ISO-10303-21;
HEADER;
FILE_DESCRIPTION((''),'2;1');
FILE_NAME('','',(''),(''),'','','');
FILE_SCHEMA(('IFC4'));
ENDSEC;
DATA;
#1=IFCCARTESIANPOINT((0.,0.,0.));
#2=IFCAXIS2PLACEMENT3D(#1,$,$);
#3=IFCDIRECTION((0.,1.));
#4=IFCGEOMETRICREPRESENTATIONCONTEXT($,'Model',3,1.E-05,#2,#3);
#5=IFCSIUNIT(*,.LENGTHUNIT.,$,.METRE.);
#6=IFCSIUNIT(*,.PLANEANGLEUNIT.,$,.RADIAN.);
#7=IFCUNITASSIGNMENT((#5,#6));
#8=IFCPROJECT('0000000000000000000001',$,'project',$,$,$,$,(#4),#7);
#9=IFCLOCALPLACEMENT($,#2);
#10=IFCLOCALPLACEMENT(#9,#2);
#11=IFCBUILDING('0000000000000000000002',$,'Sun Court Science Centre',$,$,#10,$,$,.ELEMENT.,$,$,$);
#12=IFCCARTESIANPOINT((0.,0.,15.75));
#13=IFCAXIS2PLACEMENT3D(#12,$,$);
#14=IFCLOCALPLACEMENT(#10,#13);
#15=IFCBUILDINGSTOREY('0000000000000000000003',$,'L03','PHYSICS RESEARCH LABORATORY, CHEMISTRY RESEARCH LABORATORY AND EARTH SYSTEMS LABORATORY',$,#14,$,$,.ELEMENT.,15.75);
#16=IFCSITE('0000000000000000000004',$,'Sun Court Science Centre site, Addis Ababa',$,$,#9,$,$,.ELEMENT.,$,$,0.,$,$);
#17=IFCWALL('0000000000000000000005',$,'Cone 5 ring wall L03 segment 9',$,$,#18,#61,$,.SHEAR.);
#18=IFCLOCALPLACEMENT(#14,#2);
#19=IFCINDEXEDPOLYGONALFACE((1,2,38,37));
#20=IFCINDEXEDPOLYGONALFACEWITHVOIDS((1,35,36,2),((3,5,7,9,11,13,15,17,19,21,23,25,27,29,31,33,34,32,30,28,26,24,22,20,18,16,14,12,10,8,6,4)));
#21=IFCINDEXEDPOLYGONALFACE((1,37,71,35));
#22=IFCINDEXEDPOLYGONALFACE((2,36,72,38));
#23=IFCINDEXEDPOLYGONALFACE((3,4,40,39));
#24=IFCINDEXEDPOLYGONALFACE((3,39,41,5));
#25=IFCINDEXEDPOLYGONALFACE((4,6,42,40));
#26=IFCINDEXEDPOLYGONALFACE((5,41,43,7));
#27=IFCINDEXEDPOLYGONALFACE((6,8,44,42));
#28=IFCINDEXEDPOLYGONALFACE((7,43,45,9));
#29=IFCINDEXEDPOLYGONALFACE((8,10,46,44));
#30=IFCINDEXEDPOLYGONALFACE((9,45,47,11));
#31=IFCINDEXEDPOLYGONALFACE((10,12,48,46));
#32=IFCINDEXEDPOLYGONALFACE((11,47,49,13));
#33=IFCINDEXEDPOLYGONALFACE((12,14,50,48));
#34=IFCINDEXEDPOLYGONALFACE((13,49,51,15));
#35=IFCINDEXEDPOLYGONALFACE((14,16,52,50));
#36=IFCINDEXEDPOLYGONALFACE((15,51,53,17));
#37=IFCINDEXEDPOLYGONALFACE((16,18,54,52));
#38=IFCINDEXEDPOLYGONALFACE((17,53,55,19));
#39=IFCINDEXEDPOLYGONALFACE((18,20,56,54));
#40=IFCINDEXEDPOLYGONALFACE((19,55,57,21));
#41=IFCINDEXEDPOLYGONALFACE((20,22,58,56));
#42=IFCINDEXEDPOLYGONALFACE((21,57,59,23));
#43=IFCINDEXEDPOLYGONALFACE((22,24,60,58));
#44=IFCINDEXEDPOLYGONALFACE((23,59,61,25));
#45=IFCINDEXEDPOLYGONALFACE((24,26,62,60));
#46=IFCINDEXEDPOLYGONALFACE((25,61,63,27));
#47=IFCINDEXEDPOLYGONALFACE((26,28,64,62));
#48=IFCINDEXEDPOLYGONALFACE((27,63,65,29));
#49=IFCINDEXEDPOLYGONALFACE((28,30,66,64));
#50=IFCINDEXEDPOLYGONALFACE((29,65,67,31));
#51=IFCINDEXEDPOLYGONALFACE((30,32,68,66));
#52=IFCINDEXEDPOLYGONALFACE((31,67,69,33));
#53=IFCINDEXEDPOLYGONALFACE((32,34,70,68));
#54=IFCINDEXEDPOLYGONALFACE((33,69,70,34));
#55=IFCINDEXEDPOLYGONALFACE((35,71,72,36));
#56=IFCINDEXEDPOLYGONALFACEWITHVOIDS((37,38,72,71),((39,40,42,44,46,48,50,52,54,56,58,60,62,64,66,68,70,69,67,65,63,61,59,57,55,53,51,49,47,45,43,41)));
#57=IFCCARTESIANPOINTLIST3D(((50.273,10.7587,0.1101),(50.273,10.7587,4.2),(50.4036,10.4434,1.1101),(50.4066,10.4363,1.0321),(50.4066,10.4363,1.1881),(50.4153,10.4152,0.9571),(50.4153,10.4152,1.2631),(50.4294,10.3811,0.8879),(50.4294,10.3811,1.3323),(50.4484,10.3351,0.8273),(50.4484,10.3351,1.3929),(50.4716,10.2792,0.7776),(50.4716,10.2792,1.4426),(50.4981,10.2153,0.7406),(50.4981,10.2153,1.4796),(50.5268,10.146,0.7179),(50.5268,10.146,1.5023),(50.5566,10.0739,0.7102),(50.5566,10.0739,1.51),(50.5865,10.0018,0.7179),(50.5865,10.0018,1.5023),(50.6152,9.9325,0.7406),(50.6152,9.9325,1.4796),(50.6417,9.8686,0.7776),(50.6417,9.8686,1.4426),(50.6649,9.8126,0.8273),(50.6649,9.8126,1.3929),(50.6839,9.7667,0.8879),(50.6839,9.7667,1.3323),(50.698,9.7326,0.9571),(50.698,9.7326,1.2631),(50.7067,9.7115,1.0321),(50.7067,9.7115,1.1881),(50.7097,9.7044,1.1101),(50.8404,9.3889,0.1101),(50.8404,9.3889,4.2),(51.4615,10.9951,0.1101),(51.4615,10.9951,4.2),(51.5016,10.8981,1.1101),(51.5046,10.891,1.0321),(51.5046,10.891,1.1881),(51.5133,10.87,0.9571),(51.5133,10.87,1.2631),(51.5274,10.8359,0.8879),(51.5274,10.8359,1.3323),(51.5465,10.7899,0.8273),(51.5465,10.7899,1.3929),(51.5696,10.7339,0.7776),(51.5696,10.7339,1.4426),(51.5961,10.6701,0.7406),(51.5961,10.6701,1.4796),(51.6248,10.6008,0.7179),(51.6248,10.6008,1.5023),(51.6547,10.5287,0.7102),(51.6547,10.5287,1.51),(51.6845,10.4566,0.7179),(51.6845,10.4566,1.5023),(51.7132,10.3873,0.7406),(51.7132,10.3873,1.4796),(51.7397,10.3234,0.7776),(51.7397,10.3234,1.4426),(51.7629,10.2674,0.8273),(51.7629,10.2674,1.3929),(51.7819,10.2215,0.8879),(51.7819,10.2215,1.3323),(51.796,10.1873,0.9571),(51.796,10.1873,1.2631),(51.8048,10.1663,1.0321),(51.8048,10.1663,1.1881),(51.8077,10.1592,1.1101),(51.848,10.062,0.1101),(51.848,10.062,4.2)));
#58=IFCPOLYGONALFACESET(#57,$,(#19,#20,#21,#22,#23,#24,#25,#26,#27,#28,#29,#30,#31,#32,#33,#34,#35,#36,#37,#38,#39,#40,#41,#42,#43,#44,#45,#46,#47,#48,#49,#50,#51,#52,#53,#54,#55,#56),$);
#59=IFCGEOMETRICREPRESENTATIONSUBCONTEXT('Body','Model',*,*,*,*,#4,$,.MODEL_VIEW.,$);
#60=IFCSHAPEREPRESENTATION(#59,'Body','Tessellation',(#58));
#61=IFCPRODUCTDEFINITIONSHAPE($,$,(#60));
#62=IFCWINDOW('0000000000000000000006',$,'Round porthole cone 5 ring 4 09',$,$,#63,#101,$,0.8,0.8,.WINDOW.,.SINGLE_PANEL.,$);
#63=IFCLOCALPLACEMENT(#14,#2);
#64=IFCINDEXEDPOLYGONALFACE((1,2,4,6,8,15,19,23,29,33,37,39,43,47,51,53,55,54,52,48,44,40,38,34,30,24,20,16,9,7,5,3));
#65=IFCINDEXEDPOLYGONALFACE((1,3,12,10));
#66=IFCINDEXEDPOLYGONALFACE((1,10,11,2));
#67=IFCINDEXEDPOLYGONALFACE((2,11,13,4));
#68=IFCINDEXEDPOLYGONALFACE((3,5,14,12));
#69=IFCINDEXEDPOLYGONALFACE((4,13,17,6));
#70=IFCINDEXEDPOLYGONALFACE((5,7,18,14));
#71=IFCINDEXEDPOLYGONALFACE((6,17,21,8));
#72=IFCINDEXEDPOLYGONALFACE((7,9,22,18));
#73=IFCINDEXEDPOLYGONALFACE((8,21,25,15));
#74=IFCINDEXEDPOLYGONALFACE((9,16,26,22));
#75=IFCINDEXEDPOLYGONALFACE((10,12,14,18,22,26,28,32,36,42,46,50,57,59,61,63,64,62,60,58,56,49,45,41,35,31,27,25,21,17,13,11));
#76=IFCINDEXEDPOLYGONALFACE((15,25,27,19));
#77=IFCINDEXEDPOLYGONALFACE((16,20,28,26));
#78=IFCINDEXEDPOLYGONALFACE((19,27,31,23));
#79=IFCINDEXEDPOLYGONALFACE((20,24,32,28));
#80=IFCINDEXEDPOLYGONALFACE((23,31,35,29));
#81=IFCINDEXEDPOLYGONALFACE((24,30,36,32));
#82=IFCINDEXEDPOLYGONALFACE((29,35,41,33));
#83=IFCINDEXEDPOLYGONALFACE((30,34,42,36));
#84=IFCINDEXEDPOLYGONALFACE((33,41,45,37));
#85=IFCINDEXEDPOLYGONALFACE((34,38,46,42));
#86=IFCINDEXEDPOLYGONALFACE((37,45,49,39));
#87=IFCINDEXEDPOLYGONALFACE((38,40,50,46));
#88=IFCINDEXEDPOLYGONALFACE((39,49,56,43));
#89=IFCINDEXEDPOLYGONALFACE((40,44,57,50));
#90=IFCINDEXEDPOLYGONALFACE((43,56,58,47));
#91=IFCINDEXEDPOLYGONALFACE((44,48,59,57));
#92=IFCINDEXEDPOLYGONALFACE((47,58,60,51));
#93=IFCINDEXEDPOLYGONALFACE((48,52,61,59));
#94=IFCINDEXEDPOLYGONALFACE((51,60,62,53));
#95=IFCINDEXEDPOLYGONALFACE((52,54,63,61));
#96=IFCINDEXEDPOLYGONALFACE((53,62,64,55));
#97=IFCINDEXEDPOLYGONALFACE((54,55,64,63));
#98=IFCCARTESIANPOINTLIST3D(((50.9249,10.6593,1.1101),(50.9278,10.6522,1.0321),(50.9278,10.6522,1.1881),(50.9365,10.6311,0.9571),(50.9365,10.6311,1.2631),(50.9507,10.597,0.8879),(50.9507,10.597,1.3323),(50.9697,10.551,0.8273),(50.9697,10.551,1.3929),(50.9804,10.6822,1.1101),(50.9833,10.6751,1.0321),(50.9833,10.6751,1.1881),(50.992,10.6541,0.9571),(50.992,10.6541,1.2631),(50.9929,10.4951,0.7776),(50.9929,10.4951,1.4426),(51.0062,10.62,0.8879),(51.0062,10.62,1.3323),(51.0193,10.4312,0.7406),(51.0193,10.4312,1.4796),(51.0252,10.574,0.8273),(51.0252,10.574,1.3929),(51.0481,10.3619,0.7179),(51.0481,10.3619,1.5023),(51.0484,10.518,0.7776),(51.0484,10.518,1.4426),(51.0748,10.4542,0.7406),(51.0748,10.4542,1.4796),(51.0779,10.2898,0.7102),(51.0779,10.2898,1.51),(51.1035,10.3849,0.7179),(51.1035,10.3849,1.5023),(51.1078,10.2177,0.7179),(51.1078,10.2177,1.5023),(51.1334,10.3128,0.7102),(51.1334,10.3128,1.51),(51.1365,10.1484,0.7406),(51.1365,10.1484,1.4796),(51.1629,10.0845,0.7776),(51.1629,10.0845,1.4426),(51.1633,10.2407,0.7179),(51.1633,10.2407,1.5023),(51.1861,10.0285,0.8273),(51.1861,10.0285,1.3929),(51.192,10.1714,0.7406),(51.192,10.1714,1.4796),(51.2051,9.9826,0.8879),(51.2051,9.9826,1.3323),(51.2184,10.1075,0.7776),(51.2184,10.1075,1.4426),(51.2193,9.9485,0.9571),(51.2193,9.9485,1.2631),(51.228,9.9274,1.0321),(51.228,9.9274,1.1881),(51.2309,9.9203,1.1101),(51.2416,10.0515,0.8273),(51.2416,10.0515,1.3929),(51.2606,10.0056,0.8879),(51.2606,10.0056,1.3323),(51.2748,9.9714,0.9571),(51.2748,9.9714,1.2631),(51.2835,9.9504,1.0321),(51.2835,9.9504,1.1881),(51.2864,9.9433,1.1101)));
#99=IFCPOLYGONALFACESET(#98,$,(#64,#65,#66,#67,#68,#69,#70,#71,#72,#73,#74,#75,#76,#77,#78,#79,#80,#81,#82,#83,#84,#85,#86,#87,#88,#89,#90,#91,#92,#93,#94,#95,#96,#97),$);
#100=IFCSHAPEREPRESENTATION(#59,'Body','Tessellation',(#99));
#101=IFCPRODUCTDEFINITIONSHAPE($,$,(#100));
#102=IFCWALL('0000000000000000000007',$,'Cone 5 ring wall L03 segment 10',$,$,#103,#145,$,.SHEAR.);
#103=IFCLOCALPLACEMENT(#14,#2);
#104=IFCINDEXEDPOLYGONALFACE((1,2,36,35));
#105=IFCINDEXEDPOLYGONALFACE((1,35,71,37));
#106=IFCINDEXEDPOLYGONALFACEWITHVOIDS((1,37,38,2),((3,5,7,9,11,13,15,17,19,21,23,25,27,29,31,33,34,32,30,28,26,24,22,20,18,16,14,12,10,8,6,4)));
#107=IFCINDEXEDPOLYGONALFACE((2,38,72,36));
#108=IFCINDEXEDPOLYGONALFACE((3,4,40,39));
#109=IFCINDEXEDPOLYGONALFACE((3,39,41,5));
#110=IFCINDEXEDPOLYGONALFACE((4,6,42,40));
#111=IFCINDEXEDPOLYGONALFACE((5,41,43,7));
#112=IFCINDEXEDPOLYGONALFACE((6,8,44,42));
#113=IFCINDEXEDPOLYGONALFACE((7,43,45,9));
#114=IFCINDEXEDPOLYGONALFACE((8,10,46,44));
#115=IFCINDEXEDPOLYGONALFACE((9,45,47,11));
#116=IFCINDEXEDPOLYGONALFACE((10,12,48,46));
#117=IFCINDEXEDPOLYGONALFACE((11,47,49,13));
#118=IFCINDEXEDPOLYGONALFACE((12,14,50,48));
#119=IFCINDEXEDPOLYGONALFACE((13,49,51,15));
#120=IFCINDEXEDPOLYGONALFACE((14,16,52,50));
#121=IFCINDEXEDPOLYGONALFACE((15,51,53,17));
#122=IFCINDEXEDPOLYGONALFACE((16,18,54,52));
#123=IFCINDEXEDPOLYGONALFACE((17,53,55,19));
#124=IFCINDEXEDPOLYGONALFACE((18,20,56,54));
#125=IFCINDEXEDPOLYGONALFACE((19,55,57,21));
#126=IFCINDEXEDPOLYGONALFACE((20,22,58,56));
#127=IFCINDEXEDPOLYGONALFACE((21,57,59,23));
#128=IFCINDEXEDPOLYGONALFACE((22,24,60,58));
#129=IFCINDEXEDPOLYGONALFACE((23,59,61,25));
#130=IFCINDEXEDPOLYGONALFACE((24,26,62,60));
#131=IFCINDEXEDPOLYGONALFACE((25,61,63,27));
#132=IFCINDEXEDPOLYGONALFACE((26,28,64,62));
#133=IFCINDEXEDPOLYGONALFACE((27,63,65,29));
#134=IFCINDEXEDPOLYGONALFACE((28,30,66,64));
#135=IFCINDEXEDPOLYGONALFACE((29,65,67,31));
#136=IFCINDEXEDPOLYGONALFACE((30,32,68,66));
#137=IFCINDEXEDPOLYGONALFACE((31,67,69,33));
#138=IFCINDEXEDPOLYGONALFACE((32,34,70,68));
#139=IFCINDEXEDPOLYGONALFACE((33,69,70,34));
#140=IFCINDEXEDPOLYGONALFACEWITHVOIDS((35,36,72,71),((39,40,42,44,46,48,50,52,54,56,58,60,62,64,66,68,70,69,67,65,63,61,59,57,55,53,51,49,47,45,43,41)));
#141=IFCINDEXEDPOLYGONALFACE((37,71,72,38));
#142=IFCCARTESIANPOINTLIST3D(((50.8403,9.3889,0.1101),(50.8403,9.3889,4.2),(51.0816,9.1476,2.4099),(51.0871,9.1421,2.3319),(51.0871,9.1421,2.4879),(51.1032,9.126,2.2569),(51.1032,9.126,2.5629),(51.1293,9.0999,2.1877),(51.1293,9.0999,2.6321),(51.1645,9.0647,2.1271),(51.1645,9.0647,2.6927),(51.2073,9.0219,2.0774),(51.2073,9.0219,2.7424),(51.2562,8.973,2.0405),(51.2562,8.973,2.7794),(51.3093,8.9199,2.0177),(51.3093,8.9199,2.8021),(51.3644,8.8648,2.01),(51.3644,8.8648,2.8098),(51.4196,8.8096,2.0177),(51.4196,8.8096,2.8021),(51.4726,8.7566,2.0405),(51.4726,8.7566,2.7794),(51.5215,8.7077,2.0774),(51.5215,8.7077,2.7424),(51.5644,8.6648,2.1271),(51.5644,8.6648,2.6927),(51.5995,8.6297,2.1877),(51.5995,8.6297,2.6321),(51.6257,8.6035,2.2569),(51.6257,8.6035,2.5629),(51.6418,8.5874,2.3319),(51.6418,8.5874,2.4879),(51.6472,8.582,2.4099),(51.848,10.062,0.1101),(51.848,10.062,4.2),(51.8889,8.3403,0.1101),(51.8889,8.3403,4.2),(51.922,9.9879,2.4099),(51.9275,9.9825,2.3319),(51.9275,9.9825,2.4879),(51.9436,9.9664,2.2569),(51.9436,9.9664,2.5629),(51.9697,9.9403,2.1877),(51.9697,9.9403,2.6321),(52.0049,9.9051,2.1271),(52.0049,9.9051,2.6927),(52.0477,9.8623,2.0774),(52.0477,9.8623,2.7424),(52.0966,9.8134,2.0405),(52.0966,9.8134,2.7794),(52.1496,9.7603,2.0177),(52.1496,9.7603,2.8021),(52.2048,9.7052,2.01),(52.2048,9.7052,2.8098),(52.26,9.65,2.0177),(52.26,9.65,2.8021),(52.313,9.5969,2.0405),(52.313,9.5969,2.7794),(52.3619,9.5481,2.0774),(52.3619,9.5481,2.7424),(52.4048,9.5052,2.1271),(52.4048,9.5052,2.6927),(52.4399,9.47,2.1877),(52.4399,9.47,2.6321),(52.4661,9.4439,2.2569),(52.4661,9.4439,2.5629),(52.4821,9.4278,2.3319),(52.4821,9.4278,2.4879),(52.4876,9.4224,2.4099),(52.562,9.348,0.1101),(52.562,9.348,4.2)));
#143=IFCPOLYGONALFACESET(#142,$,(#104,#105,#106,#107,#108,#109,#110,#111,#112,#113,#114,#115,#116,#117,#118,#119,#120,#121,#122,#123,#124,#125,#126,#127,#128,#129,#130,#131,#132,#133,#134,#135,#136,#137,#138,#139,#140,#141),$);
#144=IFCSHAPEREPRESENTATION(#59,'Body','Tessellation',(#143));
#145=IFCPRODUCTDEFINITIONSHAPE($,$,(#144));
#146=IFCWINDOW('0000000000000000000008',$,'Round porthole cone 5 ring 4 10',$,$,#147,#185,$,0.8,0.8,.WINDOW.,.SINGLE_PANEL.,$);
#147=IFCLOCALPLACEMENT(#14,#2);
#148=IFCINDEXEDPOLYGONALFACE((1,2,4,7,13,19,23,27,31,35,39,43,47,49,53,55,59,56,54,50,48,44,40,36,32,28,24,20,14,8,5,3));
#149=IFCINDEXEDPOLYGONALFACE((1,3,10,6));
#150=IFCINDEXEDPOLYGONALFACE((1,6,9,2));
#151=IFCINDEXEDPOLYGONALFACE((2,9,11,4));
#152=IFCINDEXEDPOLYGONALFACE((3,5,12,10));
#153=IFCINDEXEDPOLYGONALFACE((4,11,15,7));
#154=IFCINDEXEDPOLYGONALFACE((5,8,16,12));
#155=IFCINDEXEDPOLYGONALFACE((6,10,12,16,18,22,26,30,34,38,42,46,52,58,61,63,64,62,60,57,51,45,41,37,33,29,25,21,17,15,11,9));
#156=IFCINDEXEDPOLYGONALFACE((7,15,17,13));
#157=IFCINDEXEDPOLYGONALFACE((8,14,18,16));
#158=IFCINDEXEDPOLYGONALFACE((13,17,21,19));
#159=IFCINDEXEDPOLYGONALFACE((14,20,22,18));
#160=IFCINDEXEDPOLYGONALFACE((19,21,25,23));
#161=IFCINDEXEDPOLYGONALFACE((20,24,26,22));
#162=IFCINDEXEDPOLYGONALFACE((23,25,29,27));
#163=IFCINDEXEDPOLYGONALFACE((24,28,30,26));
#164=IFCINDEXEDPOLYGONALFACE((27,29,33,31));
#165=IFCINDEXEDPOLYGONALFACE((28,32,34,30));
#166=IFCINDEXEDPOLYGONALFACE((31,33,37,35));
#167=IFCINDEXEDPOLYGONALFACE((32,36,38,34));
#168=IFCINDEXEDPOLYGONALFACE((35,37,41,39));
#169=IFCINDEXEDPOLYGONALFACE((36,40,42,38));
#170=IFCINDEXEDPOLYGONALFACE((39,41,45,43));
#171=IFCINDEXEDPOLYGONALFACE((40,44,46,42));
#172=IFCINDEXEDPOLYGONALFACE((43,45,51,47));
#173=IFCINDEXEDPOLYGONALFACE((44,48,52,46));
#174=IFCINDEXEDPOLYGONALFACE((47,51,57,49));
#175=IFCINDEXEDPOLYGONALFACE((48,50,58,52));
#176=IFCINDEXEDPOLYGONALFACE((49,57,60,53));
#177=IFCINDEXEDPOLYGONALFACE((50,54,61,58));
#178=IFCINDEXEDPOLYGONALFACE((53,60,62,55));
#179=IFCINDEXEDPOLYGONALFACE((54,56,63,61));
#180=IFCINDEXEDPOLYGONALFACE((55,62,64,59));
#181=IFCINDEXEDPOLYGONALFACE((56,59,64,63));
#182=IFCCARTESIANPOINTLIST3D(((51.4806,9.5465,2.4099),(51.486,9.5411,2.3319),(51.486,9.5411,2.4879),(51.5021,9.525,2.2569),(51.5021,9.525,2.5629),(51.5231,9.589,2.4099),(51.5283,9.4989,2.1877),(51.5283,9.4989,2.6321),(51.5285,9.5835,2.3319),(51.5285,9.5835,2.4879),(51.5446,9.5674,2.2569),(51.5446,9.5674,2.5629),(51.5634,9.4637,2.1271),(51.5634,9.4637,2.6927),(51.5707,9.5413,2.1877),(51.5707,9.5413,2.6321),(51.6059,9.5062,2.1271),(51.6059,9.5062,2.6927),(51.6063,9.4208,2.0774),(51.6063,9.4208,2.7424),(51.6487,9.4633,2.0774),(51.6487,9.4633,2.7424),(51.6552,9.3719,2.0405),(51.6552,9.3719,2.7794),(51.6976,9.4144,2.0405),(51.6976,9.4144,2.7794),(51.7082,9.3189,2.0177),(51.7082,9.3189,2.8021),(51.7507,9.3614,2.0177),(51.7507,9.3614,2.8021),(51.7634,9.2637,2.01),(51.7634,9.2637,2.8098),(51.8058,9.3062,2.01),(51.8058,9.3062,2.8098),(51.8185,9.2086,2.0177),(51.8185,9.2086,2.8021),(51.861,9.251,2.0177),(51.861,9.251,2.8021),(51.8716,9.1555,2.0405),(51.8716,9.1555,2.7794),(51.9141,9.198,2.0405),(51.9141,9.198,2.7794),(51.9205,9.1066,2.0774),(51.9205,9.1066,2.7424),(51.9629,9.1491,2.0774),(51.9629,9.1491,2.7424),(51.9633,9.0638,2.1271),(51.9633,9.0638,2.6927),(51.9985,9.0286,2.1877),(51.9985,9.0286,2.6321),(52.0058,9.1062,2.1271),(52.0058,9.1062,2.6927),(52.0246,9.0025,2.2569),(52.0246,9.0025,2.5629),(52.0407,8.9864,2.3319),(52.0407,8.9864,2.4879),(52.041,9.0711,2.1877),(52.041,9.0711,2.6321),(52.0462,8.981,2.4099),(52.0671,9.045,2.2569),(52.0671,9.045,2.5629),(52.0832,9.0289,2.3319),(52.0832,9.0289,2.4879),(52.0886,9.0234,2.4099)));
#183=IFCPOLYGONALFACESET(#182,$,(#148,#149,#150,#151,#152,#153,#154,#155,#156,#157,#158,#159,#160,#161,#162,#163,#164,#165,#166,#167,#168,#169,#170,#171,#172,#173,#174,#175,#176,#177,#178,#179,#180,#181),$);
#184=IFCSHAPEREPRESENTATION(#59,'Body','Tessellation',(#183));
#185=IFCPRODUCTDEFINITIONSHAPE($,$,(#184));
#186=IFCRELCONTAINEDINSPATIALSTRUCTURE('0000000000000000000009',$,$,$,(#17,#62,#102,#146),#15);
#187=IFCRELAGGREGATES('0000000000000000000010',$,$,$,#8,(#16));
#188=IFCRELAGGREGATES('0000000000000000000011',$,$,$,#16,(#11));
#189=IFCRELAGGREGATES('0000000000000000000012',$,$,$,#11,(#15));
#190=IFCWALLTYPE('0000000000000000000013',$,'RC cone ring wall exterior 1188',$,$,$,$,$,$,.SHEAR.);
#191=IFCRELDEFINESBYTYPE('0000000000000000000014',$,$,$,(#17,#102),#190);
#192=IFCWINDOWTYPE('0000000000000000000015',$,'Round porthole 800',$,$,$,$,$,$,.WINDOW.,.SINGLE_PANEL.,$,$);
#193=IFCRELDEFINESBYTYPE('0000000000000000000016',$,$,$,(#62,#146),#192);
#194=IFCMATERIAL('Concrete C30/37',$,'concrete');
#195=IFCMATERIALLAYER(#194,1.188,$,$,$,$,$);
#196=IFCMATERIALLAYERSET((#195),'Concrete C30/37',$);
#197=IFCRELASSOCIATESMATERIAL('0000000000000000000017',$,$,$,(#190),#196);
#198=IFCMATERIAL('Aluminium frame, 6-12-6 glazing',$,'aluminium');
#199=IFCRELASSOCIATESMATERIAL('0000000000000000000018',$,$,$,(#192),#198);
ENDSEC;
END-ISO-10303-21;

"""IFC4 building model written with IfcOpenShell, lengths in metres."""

from ifc_helpers import new_model, si_unit, direction, frame, frame_2d, origin, place, context, subcontext, project, spatial, polyline, circle, outline, extrude, material, layer, layer_set, type_object, element, fill, save


model = new_model("IFC4")

# Units and contexts
model_context = context("Model", 3, precision=1e-05, world=origin(), true_north=direction((0.0, 1.0)))
body_context = subcontext(model_context, "Body", "Model", "MODEL_VIEW")
ifc_project = project(units=[si_unit("LENGTHUNIT", "METRE"), si_unit("PLANEANGLEUNIT", "RADIAN")], contexts=[model_context])

# Site, building, storey
site_placement = place(None, origin())
site = spatial("IfcSite", under=ifc_project, at=site_placement, Name="Sun Court Science Centre site, Addis Ababa", CompositionType="ELEMENT", RefElevation=0.0)
building_placement = place(site_placement, origin())
building = spatial("IfcBuilding", under=site, at=building_placement, Name="Sun Court Science Centre", CompositionType="ELEMENT")
storey_placement = place(building_placement, frame((0.0, 0.0, 15.75)))
storey = spatial("IfcBuildingStorey", under=building, at=storey_placement, Name="L03", Description="PHYSICS RESEARCH LABORATORY, CHEMISTRY RESEARCH LABORATORY AND EARTH SYSTEMS LABORATORY", CompositionType="ELEMENT", Elevation=15.75)

# Walls, openings, windows
ifc_material_1 = material(Name="Concrete C30/37", Category="concrete")
ifc_layer = layer(ifc_material_1, 1.188)
ifc_layer_set = layer_set([ifc_layer], Name="Concrete C30/37")
wall_type = type_object("IfcWallType", Name="RC cone ring wall exterior 1188", PredefinedType="SHEAR", material=ifc_layer_set)
ifc_material_2 = material(Name="Aluminium frame, 6-12-6 glazing", Category="aluminium")
window_type = type_object("IfcWindowType", Name="Round porthole 800", PartitioningType="SINGLE_PANEL", PredefinedType="WINDOW", material=ifc_material_2)
wall_1_placement = place(storey_placement, frame((50.822, 10.9861, 0.1101), z_axis=(0.0, 0.0, 1.0), x_axis=(0.382662, -0.923888, 0.0)))
wall_1 = element("IfcWall", 1, at=wall_1_placement, inside=storey, type_object=wall_type, Name="Cone 5 ring wall L03 segment 9", PredefinedType="SHEAR", context=body_context, shape_type="SweptSolid", body=[
    extrude(outline(polyline([(0.0, -0.5942), (1.4827, -0.5942), (1.2463, 0.5942), (0.2363, 0.5942), (0.0, -0.5942)])), origin(), (0.0, 0.0, 1.0), 4.0898),
])
opening_1_placement = place(wall_1_placement, frame((0.3413, 0.0, 0.6001)))
opening_1 = element("IfcOpeningElement", 2, at=opening_1_placement, cuts=wall_1, PredefinedType="OPENING", context=body_context, shape_type="SweptSolid", body=[
    extrude(circle(Radius=0.3999, at=frame_2d((0.3999, 0.3999))), frame((0.0, 0.6042, 0.0), z_axis=(0.0, -1.0, 0.0), x_axis=(1.0, 0.0, 0.0)), (0.0, 0.0, 1.0), 1.2085),
])
window_1_placement = place(opening_1_placement, origin())
window_1 = element("IfcWindow", 3, at=window_1_placement, inside=storey, type_object=window_type, Name="Round porthole cone 5 ring 4 09", OverallHeight=0.8, OverallWidth=0.8, PartitioningType="SINGLE_PANEL", PredefinedType="WINDOW", context=body_context, shape_type="SweptSolid", body=[
    extrude(circle(Radius=0.3999, at=frame_2d((0.3999, 0.3999))), frame((0.0, 0.03, 0.0), z_axis=(0.0, -1.0, 0.0), x_axis=(1.0, 0.0, 0.0)), (0.0, 0.0, 1.0), 0.0601),
])
fill(opening_1, window_1)
wall_2_placement = place(storey_placement, frame((51.2605, 9.8091, 0.1101), z_axis=(0.0, 0.0, 1.0), x_axis=(0.707107, -0.707107, 0.0)))
wall_2 = element("IfcWall", 4, at=wall_2_placement, inside=storey, type_object=wall_type, Name="Cone 5 ring wall L03 segment 10", PredefinedType="SHEAR", context=body_context, shape_type="SweptSolid", body=[
    extrude(outline(polyline([(0.0, -0.5942), (1.4829, -0.5942), (1.2463, 0.5942), (0.2366, 0.5942), (0.0, -0.5942)])), origin(), (0.0, 0.0, 1.0), 4.0898),
])
opening_2_placement = place(wall_2_placement, frame((0.3413, 0.0, 1.8999)))
opening_2 = element("IfcOpeningElement", 5, at=opening_2_placement, cuts=wall_2, PredefinedType="OPENING", context=body_context, shape_type="SweptSolid", body=[
    extrude(circle(Radius=0.3999, at=frame_2d((0.3999, 0.3999))), frame((0.0, 0.6042, 0.0), z_axis=(0.0, -1.0, 0.0), x_axis=(1.0, 0.0, 0.0)), (0.0, 0.0, 1.0), 1.2085),
])
window_2_placement = place(opening_2_placement, origin())
window_2 = element("IfcWindow", 6, at=window_2_placement, inside=storey, type_object=window_type, Name="Round porthole cone 5 ring 4 10", OverallHeight=0.8, OverallWidth=0.8, PartitioningType="SINGLE_PANEL", PredefinedType="WINDOW", context=body_context, shape_type="SweptSolid", body=[
    extrude(circle(Radius=0.3999, at=frame_2d((0.3999, 0.3999))), frame((0.0, 0.03, 0.0), z_axis=(0.0, -1.0, 0.0), x_axis=(1.0, 0.0, 0.0)), (0.0, 0.0, 1.0), 0.0601),
])
fill(opening_2, window_2)

save(model, "model.ifc")
